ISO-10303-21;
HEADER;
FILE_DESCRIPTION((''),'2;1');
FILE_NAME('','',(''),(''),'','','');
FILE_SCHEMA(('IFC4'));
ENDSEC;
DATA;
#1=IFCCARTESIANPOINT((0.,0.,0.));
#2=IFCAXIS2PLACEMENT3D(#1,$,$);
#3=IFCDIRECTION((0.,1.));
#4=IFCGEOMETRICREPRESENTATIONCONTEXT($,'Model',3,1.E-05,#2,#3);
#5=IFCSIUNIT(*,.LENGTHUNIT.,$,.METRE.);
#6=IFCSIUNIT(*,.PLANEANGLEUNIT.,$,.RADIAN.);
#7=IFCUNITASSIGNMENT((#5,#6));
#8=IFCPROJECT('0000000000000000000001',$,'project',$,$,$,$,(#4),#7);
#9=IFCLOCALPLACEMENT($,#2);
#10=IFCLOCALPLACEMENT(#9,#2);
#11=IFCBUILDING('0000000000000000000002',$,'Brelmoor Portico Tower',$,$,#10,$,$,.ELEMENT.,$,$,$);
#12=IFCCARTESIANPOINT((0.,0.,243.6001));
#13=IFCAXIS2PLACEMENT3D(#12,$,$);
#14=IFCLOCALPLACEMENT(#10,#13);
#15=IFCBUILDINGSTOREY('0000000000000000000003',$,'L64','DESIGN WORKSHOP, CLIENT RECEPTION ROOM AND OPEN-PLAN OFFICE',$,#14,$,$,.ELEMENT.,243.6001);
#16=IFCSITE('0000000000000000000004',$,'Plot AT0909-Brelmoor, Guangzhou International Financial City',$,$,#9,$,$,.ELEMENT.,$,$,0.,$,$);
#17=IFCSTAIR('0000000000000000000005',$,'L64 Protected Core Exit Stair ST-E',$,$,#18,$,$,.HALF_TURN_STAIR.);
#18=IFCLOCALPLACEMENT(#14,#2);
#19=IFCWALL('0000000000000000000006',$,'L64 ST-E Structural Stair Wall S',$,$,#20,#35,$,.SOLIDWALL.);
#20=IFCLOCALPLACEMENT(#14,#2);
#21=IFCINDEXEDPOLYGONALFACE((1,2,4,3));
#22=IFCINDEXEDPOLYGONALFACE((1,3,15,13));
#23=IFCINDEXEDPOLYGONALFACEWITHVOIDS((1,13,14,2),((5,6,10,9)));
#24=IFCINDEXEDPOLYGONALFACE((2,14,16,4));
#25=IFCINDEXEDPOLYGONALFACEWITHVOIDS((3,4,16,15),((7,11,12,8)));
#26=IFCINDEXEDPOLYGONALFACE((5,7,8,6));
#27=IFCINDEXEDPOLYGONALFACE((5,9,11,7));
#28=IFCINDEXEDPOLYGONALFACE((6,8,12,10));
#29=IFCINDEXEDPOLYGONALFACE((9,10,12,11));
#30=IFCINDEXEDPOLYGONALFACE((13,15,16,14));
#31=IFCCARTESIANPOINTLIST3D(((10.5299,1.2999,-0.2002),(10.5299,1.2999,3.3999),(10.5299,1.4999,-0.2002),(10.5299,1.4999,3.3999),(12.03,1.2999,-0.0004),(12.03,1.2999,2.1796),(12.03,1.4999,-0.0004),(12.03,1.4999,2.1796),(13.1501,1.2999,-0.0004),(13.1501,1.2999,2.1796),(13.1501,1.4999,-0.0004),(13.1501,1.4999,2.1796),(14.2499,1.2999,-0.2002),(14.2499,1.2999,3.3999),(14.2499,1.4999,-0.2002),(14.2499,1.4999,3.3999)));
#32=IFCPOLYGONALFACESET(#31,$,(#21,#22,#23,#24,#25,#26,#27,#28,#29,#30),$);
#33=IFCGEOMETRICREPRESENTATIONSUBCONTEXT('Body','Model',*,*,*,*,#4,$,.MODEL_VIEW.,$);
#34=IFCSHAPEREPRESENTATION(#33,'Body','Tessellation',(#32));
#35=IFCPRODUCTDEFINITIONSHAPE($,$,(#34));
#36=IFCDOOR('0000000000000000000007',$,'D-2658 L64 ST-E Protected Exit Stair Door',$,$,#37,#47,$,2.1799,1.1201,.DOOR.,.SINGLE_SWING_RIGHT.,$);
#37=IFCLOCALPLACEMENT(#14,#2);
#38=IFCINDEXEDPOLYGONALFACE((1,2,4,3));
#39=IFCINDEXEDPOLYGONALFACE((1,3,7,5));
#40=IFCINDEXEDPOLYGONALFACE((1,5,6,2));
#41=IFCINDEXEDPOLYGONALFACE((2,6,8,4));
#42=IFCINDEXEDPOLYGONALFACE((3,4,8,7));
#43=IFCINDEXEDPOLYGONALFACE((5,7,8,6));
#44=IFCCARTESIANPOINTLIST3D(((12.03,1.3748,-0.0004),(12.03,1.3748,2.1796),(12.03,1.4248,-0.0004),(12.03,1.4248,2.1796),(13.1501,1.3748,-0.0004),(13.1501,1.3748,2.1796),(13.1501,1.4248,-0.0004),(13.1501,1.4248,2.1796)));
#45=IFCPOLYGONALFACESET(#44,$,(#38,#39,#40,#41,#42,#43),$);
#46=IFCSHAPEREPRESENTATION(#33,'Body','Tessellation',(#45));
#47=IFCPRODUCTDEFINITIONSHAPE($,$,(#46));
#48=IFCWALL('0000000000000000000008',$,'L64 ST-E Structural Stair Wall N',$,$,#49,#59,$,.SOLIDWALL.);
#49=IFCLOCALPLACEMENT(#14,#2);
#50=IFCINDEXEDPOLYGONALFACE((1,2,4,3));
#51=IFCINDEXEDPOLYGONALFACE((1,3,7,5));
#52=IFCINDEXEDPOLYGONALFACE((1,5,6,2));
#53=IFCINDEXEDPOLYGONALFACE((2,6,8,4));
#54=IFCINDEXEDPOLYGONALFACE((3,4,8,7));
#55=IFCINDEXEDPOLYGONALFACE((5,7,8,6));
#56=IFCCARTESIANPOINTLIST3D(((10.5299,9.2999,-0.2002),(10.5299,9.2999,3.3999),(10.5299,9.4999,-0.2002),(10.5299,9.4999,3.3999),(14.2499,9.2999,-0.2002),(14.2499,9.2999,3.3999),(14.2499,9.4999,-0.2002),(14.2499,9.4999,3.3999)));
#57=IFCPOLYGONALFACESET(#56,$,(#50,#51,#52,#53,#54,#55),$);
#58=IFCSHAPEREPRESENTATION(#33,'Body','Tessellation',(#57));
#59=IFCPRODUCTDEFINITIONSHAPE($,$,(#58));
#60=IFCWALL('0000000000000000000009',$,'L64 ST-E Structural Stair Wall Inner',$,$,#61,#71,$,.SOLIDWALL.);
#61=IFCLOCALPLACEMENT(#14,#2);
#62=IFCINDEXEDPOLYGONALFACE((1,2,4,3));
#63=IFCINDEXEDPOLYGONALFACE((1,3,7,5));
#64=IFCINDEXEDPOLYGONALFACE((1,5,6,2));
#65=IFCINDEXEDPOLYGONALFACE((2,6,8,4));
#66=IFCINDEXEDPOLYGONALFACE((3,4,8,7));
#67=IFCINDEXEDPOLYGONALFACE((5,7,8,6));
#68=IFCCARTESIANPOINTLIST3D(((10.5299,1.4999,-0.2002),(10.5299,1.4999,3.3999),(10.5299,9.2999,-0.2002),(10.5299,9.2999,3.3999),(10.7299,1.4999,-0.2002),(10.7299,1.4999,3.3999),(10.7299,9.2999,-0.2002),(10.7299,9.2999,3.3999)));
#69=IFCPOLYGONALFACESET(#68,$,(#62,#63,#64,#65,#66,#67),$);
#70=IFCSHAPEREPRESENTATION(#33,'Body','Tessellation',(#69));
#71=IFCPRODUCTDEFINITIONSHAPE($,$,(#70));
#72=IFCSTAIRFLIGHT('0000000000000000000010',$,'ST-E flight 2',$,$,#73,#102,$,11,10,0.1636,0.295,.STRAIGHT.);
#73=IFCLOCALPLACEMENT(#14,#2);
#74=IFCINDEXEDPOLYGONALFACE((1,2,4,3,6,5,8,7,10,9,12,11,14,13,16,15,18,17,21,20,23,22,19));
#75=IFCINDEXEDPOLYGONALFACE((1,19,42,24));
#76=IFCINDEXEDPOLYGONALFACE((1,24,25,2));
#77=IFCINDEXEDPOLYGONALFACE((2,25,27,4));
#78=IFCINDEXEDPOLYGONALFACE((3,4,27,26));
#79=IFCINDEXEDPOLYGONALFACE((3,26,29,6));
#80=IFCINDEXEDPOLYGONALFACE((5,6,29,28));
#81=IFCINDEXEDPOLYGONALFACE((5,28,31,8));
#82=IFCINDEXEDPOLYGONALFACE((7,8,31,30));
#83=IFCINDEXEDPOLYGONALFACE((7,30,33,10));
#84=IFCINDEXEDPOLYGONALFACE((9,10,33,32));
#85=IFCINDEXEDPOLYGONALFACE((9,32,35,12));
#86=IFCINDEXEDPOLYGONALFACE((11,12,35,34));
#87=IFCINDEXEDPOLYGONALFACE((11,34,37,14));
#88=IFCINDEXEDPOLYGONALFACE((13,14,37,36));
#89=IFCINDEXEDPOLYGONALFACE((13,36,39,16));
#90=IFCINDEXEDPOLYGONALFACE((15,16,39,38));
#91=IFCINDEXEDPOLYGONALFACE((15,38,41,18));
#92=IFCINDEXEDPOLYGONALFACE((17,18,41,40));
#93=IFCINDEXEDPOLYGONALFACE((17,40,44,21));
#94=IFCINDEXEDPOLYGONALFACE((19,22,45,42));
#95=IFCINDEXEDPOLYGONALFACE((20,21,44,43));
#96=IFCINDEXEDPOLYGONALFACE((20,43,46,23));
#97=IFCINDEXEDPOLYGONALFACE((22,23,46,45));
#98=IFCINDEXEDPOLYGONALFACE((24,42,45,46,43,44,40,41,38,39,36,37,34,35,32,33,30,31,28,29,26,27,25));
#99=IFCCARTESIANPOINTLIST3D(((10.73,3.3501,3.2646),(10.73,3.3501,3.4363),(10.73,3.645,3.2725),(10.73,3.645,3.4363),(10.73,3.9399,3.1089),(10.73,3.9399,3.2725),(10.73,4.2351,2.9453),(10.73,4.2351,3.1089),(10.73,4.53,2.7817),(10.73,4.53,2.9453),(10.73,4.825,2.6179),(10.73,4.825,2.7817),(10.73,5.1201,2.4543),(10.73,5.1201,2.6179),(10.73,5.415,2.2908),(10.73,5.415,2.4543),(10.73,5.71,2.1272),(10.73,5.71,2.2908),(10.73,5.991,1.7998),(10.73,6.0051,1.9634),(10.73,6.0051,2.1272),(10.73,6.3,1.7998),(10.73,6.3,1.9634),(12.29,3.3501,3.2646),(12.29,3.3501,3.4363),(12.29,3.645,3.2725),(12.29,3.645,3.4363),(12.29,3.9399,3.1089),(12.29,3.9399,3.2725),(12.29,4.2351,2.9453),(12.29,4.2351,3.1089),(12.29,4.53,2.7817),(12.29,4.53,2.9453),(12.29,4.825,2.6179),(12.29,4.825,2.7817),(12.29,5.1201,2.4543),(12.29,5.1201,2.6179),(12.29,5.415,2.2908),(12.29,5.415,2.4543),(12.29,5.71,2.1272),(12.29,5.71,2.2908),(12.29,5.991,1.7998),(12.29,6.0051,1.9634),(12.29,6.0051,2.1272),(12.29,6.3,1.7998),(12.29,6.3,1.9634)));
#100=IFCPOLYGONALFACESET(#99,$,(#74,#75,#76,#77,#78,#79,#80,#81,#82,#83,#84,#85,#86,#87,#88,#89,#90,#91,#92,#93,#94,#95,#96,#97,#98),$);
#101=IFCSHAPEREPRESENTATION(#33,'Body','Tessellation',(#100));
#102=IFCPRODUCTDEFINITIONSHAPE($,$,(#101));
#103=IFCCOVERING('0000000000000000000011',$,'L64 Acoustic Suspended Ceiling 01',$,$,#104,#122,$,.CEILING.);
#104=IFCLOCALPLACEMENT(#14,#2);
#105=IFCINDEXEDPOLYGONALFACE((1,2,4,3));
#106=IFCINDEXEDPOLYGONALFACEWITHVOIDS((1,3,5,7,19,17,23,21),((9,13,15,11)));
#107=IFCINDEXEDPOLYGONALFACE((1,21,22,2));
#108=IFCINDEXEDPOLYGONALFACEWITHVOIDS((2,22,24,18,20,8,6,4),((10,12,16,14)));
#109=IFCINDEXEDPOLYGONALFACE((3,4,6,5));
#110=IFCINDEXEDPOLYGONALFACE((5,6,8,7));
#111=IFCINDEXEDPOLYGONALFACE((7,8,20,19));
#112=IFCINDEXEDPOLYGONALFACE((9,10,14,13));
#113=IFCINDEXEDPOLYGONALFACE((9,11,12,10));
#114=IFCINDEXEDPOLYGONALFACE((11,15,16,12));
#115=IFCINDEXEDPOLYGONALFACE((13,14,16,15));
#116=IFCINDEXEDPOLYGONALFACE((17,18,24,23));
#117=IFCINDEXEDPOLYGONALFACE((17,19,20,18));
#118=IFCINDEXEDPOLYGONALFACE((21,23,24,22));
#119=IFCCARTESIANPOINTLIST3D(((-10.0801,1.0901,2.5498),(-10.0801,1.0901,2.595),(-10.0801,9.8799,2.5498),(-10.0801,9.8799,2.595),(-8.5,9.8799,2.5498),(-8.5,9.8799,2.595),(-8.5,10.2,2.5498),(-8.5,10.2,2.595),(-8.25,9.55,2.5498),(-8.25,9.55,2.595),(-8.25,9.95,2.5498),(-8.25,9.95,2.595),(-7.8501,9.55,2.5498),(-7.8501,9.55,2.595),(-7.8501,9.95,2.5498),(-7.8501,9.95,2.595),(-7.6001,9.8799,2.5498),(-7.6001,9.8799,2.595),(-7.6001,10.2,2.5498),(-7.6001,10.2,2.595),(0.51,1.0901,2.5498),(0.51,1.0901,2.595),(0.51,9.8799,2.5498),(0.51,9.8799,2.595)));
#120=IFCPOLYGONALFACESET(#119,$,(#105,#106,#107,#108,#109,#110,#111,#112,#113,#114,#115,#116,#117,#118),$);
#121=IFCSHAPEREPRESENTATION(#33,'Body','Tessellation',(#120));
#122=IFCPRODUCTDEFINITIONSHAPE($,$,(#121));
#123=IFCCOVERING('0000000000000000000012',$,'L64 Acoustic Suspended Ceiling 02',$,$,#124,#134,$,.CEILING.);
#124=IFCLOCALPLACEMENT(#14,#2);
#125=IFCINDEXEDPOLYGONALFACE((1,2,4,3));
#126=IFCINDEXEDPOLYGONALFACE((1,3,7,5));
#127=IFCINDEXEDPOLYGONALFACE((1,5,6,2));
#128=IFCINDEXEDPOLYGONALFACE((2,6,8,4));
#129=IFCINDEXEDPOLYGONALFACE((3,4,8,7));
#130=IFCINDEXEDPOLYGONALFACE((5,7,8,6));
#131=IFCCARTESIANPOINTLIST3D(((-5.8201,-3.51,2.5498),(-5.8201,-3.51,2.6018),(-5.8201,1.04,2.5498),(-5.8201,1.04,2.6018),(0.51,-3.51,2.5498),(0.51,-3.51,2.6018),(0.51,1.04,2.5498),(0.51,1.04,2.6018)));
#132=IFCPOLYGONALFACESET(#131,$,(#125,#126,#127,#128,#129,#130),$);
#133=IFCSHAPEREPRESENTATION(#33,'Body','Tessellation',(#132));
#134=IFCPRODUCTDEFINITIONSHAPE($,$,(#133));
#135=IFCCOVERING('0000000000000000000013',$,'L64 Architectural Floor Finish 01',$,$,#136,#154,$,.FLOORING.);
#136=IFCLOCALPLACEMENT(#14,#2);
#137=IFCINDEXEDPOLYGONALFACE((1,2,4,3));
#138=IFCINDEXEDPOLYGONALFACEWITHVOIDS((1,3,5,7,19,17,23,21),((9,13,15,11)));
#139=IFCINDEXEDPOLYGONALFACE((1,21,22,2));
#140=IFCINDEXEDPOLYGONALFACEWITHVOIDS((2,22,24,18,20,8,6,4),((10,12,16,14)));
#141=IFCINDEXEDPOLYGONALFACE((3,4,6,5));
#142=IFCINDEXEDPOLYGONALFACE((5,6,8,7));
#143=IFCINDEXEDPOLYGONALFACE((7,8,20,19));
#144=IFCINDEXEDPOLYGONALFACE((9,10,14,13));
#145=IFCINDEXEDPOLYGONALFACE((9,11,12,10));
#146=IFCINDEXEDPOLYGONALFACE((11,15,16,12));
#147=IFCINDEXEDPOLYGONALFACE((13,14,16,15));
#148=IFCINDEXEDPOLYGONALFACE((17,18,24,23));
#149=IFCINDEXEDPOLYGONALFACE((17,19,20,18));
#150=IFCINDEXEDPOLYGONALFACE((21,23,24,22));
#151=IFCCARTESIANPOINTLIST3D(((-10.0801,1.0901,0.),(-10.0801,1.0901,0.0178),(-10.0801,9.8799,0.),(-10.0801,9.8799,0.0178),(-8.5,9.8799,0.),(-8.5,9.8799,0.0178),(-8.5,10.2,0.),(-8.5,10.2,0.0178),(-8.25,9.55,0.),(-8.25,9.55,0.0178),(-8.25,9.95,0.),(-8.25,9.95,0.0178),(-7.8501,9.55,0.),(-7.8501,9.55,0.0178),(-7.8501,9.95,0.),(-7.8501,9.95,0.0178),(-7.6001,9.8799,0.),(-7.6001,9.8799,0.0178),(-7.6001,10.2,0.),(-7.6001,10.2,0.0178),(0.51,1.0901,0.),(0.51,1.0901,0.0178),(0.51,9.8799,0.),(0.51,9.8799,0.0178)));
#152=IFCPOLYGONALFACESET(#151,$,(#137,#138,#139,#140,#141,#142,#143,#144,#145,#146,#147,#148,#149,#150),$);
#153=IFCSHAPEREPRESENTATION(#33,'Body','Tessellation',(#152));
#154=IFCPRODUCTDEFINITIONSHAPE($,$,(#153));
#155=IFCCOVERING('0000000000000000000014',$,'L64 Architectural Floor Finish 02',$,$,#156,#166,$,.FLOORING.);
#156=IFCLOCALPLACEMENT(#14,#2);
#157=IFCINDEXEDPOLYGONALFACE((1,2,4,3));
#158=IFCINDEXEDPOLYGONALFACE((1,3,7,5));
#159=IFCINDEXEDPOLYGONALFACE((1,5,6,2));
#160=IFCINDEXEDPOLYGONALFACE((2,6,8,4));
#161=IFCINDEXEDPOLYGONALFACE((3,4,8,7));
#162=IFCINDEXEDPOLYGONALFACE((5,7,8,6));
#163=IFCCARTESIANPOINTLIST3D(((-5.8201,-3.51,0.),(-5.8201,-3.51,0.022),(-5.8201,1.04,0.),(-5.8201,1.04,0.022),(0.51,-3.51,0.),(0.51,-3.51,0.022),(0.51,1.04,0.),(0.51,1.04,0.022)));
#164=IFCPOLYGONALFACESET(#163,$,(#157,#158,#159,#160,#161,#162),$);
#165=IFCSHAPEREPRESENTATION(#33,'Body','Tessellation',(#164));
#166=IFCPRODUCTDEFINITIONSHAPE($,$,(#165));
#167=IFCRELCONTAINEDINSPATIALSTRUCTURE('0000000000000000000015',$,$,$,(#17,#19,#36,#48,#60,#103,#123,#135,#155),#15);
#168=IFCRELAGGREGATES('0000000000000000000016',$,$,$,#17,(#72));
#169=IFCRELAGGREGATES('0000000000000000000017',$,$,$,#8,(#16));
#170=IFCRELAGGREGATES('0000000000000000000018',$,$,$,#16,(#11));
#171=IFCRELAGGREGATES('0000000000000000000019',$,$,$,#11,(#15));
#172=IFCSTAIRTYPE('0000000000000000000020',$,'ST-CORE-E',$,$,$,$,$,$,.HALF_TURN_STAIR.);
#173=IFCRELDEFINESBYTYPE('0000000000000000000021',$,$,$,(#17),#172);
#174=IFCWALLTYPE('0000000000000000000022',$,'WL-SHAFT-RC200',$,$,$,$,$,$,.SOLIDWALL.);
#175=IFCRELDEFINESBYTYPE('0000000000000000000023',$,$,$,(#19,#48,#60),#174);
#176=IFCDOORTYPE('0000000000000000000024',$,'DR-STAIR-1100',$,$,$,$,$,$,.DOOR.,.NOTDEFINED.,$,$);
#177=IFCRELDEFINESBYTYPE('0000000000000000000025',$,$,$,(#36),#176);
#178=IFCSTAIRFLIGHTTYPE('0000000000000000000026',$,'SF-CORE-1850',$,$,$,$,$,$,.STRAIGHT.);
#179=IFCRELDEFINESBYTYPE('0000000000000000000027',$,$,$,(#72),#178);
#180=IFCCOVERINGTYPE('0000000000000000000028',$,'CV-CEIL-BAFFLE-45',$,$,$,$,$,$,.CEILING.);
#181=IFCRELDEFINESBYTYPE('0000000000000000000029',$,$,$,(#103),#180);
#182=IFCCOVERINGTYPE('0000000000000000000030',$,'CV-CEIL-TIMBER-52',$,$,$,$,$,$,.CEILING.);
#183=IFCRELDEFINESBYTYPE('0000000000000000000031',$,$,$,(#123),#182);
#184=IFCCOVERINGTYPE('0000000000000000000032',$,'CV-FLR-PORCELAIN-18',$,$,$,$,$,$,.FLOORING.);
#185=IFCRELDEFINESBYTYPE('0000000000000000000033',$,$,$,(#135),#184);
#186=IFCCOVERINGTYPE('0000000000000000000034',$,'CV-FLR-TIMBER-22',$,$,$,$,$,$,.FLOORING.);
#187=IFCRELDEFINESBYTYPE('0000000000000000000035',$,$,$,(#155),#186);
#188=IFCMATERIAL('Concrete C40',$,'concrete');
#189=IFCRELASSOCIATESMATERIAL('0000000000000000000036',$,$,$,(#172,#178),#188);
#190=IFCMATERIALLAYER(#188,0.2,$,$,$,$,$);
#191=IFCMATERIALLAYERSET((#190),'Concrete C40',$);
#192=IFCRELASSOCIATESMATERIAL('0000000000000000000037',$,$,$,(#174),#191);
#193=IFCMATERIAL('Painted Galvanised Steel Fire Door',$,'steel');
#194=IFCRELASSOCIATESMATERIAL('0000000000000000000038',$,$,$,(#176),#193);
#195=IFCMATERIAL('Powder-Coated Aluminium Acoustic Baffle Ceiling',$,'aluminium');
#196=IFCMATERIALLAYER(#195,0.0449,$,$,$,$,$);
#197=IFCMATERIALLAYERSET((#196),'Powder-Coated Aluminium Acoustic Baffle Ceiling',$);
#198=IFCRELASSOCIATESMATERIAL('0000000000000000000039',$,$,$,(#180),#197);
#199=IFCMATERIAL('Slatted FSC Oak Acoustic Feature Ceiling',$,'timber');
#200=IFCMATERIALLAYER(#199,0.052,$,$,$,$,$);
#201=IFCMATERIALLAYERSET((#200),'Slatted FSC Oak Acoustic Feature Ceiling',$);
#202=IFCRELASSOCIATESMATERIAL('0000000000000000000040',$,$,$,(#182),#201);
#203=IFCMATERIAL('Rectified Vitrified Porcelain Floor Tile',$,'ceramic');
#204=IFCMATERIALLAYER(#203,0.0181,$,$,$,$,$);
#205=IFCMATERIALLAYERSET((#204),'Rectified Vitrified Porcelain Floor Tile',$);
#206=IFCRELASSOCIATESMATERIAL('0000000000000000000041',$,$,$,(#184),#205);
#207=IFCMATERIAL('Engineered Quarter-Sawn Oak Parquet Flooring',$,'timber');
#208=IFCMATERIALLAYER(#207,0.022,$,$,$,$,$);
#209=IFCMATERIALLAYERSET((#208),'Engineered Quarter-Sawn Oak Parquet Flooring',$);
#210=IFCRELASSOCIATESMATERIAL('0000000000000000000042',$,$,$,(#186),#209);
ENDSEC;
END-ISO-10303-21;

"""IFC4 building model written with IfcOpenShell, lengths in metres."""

from ifc_helpers import new_model, si_unit, direction, frame, frame_2d, origin, place, context, subcontext, project, spatial, polyline, rectangle, outline, extrude, material, layer, layer_set, type_object, element, fill, aggregate, save


model = new_model("IFC4")

# Units and contexts
model_context = context("Model", 3, precision=1e-05, world=origin(), true_north=direction((0.0, 1.0)))
body_context = subcontext(model_context, "Body", "Model", "MODEL_VIEW")
ifc_project = project(units=[si_unit("LENGTHUNIT", "METRE"), si_unit("PLANEANGLEUNIT", "RADIAN")], contexts=[model_context])

# Site, building, storey
site_placement = place(None, origin())
site = spatial("IfcSite", under=ifc_project, at=site_placement, Name="Plot AT0909-Brelmoor, Guangzhou International Financial City", CompositionType="ELEMENT", RefElevation=0.0)
building_placement = place(site_placement, origin())
building = spatial("IfcBuilding", under=site, at=building_placement, Name="Brelmoor Portico Tower", CompositionType="ELEMENT")
storey_placement = place(building_placement, frame((0.0, 0.0, 243.6001)))
storey = spatial("IfcBuildingStorey", under=building, at=storey_placement, Name="L64", Description="DESIGN WORKSHOP, CLIENT RECEPTION ROOM AND OPEN-PLAN OFFICE", CompositionType="ELEMENT", Elevation=243.6001)

# Stair
ifc_material_1 = material(Name="Concrete C40", Category="concrete")
stair_type_1 = type_object("IfcStairType", Name="ST-CORE-E", PredefinedType="HALF_TURN_STAIR", material=ifc_material_1)
stair_1_placement = place(storey_placement, origin())
stair_1 = element("IfcStair", 1, at=stair_1_placement, inside=storey, type_object=stair_type_1, Name="L64 Protected Core Exit Stair ST-E", PredefinedType="HALF_TURN_STAIR")

# Wall, opening, door
ifc_layer_1 = layer(ifc_material_1, 0.2)
ifc_layer_set_1 = layer_set([ifc_layer_1], Name="Concrete C40")
wall_type_1 = type_object("IfcWallType", Name="WL-SHAFT-RC200", PredefinedType="SOLIDWALL", material=ifc_layer_set_1)
wall_1_placement = place(storey_placement, frame((10.53, 1.3999, -0.2002), z_axis=(0.0, 0.0, 1.0), x_axis=(1.0, 0.0, 0.0)))
wall_1 = element("IfcWall", 2, at=wall_1_placement, inside=storey, type_object=wall_type_1, Name="L64 ST-E Structural Stair Wall S", PredefinedType="SOLIDWALL", context=body_context, shape_type="SweptSolid", body=[
    extrude(rectangle(XDim=3.72, YDim=0.2, at=frame_2d((1.8599, 0.0))), origin(), (0.0, 0.0, 1.0), 3.6001),
])
opening_placement = place(wall_1_placement, frame((1.5, 0.0, 0.2)))
opening = element("IfcOpeningElement", 3, at=opening_placement, cuts=wall_1, PredefinedType="OPENING", context=body_context, shape_type="SweptSolid", body=[
    extrude(rectangle(XDim=1.1201, YDim=2.1799, at=frame_2d((0.5601, 1.0898))), frame((0.0, 0.1099, 0.0), z_axis=(0.0, -1.0, 0.0), x_axis=(1.0, 0.0, 0.0)), (0.0, 0.0, 1.0), 0.22),
])
ifc_material_2 = material(Name="Painted Galvanised Steel Fire Door", Category="steel")
door_type = type_object("IfcDoorType", Name="DR-STAIR-1100", OperationType="NOTDEFINED", PredefinedType="DOOR", material=ifc_material_2)
door_placement = place(opening_placement, origin())
door = element("IfcDoor", 4, at=door_placement, inside=storey, type_object=door_type, Name="D-2658 L64 ST-E Protected Exit Stair Door", OperationType="SINGLE_SWING_RIGHT", OverallHeight=2.1799, OverallWidth=1.1201, PredefinedType="DOOR", context=body_context, shape_type="SweptSolid", body=[
    extrude(rectangle(XDim=1.1201, YDim=2.1799, at=frame_2d((0.5601, 1.0898))), frame((0.0, 0.0249, 0.0), z_axis=(0.0, -1.0, 0.0), x_axis=(1.0, 0.0, 0.0)), (0.0, 0.0, 1.0), 0.05),
])
fill(opening, door)

# Walls
wall_2_placement = place(storey_placement, frame((10.53, 9.3999, -0.2002), z_axis=(0.0, 0.0, 1.0), x_axis=(1.0, 0.0, 0.0)))
element("IfcWall", 5, at=wall_2_placement, inside=storey, type_object=wall_type_1, Name="L64 ST-E Structural Stair Wall N", PredefinedType="SOLIDWALL", context=body_context, shape_type="SweptSolid", body=[
    extrude(rectangle(XDim=3.72, YDim=0.2, at=frame_2d((1.8599, 0.0))), origin(), (0.0, 0.0, 1.0), 3.6001),
])
wall_3_placement = place(storey_placement, frame((10.6299, 1.5, -0.2002), z_axis=(0.0, 0.0, 1.0), x_axis=(0.0, 1.0, 0.0)))
element("IfcWall", 6, at=wall_3_placement, inside=storey, type_object=wall_type_1, Name="L64 ST-E Structural Stair Wall Inner", PredefinedType="SOLIDWALL", context=body_context, shape_type="SweptSolid", body=[
    extrude(rectangle(XDim=7.8, YDim=0.2, at=frame_2d((3.8999, 0.0))), origin(), (0.0, 0.0, 1.0), 3.6001),
])

# Stair flight
stair_flight_type = type_object("IfcStairFlightType", Name="SF-CORE-1850", PredefinedType="STRAIGHT", material=ifc_material_1)
stair_flight_placement = place(storey_placement, frame((11.51, 6.3, 1.7998), z_axis=(0.0, 0.0, 1.0), x_axis=(0.0, -1.0, 0.0)))
stair_flight = element("IfcStairFlight", 7, at=stair_flight_placement, type_object=stair_flight_type, Name="ST-E flight 2", NumberOfRisers=11, NumberOfTreads=10, PredefinedType="STRAIGHT", RiserHeight=0.1636, TreadLength=0.295, context=body_context, shape_type="SweptSolid", body=[
    extrude(outline(polyline([(0.0, 0.0), (0.0, 0.1636), (0.2949, 0.1636), (0.2949, 0.3274), (0.5901, 0.3274), (0.5901, 0.491), (0.885, 0.491), (0.885, 0.6545), (1.1799, 0.6545), (1.1799, 0.8181), (1.4751, 0.8181), (1.4751, 0.9819), (1.77, 0.9819), (1.77, 1.1455), (2.0649, 1.1455), (2.0649, 1.3091), (2.3601, 1.3091), (2.3601, 1.4727), (2.655, 1.4727), (2.655, 1.6365), (2.95, 1.6365), (2.95, 1.8), (2.95, 1.4648), (0.3091, 0.0), (0.0, 0.0)])), frame((0.0, 0.78, 0.0), z_axis=(0.0, -1.0, 0.0), x_axis=(1.0, 0.0, 0.0)), (0.0, 0.0, 1.0), 1.5601),
])
aggregate(stair_1, [stair_flight])

# Coverings
ifc_material_3 = material(Name="Powder-Coated Aluminium Acoustic Baffle Ceiling", Category="aluminium")
ifc_layer_2 = layer(ifc_material_3, 0.0449)
ifc_layer_set_2 = layer_set([ifc_layer_2], Name="Powder-Coated Aluminium Acoustic Baffle Ceiling")
covering_type_1 = type_object("IfcCoveringType", Name="CV-CEIL-BAFFLE-45", PredefinedType="CEILING", material=ifc_layer_set_2)
covering_1_placement = place(storey_placement, frame((0.0, 0.0, 2.5498)))
element("IfcCovering", 8, at=covering_1_placement, inside=storey, type_object=covering_type_1, Name="L64 Acoustic Suspended Ceiling 01", PredefinedType="CEILING", context=body_context, shape_type="SweptSolid", body=[
    extrude(outline(polyline([(-10.0801, 9.8799), (-8.5, 9.8799), (-8.5, 10.2), (-7.6001, 10.2), (-7.6001, 9.8799), (0.51, 9.8799), (0.51, 1.0901), (-10.0801, 1.0901), (-10.0801, 9.8799)]), holes=[polyline([(-7.8501, 9.55), (-7.8501, 9.95), (-8.25, 9.95), (-8.25, 9.55), (-7.8501, 9.55)])]), origin(), (0.0, 0.0, 1.0), 0.0452),
])
ifc_material_4 = material(Name="Slatted FSC Oak Acoustic Feature Ceiling", Category="timber")
ifc_layer_3 = layer(ifc_material_4, 0.052)
ifc_layer_set_3 = layer_set([ifc_layer_3], Name="Slatted FSC Oak Acoustic Feature Ceiling")
covering_type_2 = type_object("IfcCoveringType", Name="CV-CEIL-TIMBER-52", PredefinedType="CEILING", material=ifc_layer_set_3)
covering_2_placement = place(storey_placement, frame((0.0, 0.0, 2.5498)))
element("IfcCovering", 9, at=covering_2_placement, inside=storey, type_object=covering_type_2, Name="L64 Acoustic Suspended Ceiling 02", PredefinedType="CEILING", context=body_context, shape_type="SweptSolid", body=[
    extrude(outline(polyline([(-5.8201, -3.51), (-5.8201, 1.04), (0.51, 1.04), (0.51, -3.51), (-5.8201, -3.51)])), origin(), (0.0, 0.0, 1.0), 0.052),
])
ifc_material_5 = material(Name="Rectified Vitrified Porcelain Floor Tile", Category="ceramic")
ifc_layer_4 = layer(ifc_material_5, 0.0181)
ifc_layer_set_4 = layer_set([ifc_layer_4], Name="Rectified Vitrified Porcelain Floor Tile")
covering_type_3 = type_object("IfcCoveringType", Name="CV-FLR-PORCELAIN-18", PredefinedType="FLOORING", material=ifc_layer_set_4)
covering_3_placement = place(storey_placement, origin())
element("IfcCovering", 10, at=covering_3_placement, inside=storey, type_object=covering_type_3, Name="L64 Architectural Floor Finish 01", PredefinedType="FLOORING", context=body_context, shape_type="SweptSolid", body=[
    extrude(outline(polyline([(-10.0801, 9.8799), (-8.5, 9.8799), (-8.5, 10.2), (-7.6001, 10.2), (-7.6001, 9.8799), (0.51, 9.8799), (0.51, 1.0901), (-10.0801, 1.0901), (-10.0801, 9.8799)]), holes=[polyline([(-7.8501, 9.55), (-7.8501, 9.95), (-8.25, 9.95), (-8.25, 9.55), (-7.8501, 9.55)])]), origin(), (0.0, 0.0, 1.0), 0.0178),
])
ifc_material_6 = material(Name="Engineered Quarter-Sawn Oak Parquet Flooring", Category="timber")
ifc_layer_5 = layer(ifc_material_6, 0.022)
ifc_layer_set_5 = layer_set([ifc_layer_5], Name="Engineered Quarter-Sawn Oak Parquet Flooring")
covering_type_4 = type_object("IfcCoveringType", Name="CV-FLR-TIMBER-22", PredefinedType="FLOORING", material=ifc_layer_set_5)
covering_4_placement = place(storey_placement, origin())
element("IfcCovering", 11, at=covering_4_placement, inside=storey, type_object=covering_type_4, Name="L64 Architectural Floor Finish 02", PredefinedType="FLOORING", context=body_context, shape_type="SweptSolid", body=[
    extrude(outline(polyline([(-5.8201, -3.51), (-5.8201, 1.04), (0.51, 1.04), (0.51, -3.51), (-5.8201, -3.51)])), origin(), (0.0, 0.0, 1.0), 0.022),
])

save(model, "model.ifc")
